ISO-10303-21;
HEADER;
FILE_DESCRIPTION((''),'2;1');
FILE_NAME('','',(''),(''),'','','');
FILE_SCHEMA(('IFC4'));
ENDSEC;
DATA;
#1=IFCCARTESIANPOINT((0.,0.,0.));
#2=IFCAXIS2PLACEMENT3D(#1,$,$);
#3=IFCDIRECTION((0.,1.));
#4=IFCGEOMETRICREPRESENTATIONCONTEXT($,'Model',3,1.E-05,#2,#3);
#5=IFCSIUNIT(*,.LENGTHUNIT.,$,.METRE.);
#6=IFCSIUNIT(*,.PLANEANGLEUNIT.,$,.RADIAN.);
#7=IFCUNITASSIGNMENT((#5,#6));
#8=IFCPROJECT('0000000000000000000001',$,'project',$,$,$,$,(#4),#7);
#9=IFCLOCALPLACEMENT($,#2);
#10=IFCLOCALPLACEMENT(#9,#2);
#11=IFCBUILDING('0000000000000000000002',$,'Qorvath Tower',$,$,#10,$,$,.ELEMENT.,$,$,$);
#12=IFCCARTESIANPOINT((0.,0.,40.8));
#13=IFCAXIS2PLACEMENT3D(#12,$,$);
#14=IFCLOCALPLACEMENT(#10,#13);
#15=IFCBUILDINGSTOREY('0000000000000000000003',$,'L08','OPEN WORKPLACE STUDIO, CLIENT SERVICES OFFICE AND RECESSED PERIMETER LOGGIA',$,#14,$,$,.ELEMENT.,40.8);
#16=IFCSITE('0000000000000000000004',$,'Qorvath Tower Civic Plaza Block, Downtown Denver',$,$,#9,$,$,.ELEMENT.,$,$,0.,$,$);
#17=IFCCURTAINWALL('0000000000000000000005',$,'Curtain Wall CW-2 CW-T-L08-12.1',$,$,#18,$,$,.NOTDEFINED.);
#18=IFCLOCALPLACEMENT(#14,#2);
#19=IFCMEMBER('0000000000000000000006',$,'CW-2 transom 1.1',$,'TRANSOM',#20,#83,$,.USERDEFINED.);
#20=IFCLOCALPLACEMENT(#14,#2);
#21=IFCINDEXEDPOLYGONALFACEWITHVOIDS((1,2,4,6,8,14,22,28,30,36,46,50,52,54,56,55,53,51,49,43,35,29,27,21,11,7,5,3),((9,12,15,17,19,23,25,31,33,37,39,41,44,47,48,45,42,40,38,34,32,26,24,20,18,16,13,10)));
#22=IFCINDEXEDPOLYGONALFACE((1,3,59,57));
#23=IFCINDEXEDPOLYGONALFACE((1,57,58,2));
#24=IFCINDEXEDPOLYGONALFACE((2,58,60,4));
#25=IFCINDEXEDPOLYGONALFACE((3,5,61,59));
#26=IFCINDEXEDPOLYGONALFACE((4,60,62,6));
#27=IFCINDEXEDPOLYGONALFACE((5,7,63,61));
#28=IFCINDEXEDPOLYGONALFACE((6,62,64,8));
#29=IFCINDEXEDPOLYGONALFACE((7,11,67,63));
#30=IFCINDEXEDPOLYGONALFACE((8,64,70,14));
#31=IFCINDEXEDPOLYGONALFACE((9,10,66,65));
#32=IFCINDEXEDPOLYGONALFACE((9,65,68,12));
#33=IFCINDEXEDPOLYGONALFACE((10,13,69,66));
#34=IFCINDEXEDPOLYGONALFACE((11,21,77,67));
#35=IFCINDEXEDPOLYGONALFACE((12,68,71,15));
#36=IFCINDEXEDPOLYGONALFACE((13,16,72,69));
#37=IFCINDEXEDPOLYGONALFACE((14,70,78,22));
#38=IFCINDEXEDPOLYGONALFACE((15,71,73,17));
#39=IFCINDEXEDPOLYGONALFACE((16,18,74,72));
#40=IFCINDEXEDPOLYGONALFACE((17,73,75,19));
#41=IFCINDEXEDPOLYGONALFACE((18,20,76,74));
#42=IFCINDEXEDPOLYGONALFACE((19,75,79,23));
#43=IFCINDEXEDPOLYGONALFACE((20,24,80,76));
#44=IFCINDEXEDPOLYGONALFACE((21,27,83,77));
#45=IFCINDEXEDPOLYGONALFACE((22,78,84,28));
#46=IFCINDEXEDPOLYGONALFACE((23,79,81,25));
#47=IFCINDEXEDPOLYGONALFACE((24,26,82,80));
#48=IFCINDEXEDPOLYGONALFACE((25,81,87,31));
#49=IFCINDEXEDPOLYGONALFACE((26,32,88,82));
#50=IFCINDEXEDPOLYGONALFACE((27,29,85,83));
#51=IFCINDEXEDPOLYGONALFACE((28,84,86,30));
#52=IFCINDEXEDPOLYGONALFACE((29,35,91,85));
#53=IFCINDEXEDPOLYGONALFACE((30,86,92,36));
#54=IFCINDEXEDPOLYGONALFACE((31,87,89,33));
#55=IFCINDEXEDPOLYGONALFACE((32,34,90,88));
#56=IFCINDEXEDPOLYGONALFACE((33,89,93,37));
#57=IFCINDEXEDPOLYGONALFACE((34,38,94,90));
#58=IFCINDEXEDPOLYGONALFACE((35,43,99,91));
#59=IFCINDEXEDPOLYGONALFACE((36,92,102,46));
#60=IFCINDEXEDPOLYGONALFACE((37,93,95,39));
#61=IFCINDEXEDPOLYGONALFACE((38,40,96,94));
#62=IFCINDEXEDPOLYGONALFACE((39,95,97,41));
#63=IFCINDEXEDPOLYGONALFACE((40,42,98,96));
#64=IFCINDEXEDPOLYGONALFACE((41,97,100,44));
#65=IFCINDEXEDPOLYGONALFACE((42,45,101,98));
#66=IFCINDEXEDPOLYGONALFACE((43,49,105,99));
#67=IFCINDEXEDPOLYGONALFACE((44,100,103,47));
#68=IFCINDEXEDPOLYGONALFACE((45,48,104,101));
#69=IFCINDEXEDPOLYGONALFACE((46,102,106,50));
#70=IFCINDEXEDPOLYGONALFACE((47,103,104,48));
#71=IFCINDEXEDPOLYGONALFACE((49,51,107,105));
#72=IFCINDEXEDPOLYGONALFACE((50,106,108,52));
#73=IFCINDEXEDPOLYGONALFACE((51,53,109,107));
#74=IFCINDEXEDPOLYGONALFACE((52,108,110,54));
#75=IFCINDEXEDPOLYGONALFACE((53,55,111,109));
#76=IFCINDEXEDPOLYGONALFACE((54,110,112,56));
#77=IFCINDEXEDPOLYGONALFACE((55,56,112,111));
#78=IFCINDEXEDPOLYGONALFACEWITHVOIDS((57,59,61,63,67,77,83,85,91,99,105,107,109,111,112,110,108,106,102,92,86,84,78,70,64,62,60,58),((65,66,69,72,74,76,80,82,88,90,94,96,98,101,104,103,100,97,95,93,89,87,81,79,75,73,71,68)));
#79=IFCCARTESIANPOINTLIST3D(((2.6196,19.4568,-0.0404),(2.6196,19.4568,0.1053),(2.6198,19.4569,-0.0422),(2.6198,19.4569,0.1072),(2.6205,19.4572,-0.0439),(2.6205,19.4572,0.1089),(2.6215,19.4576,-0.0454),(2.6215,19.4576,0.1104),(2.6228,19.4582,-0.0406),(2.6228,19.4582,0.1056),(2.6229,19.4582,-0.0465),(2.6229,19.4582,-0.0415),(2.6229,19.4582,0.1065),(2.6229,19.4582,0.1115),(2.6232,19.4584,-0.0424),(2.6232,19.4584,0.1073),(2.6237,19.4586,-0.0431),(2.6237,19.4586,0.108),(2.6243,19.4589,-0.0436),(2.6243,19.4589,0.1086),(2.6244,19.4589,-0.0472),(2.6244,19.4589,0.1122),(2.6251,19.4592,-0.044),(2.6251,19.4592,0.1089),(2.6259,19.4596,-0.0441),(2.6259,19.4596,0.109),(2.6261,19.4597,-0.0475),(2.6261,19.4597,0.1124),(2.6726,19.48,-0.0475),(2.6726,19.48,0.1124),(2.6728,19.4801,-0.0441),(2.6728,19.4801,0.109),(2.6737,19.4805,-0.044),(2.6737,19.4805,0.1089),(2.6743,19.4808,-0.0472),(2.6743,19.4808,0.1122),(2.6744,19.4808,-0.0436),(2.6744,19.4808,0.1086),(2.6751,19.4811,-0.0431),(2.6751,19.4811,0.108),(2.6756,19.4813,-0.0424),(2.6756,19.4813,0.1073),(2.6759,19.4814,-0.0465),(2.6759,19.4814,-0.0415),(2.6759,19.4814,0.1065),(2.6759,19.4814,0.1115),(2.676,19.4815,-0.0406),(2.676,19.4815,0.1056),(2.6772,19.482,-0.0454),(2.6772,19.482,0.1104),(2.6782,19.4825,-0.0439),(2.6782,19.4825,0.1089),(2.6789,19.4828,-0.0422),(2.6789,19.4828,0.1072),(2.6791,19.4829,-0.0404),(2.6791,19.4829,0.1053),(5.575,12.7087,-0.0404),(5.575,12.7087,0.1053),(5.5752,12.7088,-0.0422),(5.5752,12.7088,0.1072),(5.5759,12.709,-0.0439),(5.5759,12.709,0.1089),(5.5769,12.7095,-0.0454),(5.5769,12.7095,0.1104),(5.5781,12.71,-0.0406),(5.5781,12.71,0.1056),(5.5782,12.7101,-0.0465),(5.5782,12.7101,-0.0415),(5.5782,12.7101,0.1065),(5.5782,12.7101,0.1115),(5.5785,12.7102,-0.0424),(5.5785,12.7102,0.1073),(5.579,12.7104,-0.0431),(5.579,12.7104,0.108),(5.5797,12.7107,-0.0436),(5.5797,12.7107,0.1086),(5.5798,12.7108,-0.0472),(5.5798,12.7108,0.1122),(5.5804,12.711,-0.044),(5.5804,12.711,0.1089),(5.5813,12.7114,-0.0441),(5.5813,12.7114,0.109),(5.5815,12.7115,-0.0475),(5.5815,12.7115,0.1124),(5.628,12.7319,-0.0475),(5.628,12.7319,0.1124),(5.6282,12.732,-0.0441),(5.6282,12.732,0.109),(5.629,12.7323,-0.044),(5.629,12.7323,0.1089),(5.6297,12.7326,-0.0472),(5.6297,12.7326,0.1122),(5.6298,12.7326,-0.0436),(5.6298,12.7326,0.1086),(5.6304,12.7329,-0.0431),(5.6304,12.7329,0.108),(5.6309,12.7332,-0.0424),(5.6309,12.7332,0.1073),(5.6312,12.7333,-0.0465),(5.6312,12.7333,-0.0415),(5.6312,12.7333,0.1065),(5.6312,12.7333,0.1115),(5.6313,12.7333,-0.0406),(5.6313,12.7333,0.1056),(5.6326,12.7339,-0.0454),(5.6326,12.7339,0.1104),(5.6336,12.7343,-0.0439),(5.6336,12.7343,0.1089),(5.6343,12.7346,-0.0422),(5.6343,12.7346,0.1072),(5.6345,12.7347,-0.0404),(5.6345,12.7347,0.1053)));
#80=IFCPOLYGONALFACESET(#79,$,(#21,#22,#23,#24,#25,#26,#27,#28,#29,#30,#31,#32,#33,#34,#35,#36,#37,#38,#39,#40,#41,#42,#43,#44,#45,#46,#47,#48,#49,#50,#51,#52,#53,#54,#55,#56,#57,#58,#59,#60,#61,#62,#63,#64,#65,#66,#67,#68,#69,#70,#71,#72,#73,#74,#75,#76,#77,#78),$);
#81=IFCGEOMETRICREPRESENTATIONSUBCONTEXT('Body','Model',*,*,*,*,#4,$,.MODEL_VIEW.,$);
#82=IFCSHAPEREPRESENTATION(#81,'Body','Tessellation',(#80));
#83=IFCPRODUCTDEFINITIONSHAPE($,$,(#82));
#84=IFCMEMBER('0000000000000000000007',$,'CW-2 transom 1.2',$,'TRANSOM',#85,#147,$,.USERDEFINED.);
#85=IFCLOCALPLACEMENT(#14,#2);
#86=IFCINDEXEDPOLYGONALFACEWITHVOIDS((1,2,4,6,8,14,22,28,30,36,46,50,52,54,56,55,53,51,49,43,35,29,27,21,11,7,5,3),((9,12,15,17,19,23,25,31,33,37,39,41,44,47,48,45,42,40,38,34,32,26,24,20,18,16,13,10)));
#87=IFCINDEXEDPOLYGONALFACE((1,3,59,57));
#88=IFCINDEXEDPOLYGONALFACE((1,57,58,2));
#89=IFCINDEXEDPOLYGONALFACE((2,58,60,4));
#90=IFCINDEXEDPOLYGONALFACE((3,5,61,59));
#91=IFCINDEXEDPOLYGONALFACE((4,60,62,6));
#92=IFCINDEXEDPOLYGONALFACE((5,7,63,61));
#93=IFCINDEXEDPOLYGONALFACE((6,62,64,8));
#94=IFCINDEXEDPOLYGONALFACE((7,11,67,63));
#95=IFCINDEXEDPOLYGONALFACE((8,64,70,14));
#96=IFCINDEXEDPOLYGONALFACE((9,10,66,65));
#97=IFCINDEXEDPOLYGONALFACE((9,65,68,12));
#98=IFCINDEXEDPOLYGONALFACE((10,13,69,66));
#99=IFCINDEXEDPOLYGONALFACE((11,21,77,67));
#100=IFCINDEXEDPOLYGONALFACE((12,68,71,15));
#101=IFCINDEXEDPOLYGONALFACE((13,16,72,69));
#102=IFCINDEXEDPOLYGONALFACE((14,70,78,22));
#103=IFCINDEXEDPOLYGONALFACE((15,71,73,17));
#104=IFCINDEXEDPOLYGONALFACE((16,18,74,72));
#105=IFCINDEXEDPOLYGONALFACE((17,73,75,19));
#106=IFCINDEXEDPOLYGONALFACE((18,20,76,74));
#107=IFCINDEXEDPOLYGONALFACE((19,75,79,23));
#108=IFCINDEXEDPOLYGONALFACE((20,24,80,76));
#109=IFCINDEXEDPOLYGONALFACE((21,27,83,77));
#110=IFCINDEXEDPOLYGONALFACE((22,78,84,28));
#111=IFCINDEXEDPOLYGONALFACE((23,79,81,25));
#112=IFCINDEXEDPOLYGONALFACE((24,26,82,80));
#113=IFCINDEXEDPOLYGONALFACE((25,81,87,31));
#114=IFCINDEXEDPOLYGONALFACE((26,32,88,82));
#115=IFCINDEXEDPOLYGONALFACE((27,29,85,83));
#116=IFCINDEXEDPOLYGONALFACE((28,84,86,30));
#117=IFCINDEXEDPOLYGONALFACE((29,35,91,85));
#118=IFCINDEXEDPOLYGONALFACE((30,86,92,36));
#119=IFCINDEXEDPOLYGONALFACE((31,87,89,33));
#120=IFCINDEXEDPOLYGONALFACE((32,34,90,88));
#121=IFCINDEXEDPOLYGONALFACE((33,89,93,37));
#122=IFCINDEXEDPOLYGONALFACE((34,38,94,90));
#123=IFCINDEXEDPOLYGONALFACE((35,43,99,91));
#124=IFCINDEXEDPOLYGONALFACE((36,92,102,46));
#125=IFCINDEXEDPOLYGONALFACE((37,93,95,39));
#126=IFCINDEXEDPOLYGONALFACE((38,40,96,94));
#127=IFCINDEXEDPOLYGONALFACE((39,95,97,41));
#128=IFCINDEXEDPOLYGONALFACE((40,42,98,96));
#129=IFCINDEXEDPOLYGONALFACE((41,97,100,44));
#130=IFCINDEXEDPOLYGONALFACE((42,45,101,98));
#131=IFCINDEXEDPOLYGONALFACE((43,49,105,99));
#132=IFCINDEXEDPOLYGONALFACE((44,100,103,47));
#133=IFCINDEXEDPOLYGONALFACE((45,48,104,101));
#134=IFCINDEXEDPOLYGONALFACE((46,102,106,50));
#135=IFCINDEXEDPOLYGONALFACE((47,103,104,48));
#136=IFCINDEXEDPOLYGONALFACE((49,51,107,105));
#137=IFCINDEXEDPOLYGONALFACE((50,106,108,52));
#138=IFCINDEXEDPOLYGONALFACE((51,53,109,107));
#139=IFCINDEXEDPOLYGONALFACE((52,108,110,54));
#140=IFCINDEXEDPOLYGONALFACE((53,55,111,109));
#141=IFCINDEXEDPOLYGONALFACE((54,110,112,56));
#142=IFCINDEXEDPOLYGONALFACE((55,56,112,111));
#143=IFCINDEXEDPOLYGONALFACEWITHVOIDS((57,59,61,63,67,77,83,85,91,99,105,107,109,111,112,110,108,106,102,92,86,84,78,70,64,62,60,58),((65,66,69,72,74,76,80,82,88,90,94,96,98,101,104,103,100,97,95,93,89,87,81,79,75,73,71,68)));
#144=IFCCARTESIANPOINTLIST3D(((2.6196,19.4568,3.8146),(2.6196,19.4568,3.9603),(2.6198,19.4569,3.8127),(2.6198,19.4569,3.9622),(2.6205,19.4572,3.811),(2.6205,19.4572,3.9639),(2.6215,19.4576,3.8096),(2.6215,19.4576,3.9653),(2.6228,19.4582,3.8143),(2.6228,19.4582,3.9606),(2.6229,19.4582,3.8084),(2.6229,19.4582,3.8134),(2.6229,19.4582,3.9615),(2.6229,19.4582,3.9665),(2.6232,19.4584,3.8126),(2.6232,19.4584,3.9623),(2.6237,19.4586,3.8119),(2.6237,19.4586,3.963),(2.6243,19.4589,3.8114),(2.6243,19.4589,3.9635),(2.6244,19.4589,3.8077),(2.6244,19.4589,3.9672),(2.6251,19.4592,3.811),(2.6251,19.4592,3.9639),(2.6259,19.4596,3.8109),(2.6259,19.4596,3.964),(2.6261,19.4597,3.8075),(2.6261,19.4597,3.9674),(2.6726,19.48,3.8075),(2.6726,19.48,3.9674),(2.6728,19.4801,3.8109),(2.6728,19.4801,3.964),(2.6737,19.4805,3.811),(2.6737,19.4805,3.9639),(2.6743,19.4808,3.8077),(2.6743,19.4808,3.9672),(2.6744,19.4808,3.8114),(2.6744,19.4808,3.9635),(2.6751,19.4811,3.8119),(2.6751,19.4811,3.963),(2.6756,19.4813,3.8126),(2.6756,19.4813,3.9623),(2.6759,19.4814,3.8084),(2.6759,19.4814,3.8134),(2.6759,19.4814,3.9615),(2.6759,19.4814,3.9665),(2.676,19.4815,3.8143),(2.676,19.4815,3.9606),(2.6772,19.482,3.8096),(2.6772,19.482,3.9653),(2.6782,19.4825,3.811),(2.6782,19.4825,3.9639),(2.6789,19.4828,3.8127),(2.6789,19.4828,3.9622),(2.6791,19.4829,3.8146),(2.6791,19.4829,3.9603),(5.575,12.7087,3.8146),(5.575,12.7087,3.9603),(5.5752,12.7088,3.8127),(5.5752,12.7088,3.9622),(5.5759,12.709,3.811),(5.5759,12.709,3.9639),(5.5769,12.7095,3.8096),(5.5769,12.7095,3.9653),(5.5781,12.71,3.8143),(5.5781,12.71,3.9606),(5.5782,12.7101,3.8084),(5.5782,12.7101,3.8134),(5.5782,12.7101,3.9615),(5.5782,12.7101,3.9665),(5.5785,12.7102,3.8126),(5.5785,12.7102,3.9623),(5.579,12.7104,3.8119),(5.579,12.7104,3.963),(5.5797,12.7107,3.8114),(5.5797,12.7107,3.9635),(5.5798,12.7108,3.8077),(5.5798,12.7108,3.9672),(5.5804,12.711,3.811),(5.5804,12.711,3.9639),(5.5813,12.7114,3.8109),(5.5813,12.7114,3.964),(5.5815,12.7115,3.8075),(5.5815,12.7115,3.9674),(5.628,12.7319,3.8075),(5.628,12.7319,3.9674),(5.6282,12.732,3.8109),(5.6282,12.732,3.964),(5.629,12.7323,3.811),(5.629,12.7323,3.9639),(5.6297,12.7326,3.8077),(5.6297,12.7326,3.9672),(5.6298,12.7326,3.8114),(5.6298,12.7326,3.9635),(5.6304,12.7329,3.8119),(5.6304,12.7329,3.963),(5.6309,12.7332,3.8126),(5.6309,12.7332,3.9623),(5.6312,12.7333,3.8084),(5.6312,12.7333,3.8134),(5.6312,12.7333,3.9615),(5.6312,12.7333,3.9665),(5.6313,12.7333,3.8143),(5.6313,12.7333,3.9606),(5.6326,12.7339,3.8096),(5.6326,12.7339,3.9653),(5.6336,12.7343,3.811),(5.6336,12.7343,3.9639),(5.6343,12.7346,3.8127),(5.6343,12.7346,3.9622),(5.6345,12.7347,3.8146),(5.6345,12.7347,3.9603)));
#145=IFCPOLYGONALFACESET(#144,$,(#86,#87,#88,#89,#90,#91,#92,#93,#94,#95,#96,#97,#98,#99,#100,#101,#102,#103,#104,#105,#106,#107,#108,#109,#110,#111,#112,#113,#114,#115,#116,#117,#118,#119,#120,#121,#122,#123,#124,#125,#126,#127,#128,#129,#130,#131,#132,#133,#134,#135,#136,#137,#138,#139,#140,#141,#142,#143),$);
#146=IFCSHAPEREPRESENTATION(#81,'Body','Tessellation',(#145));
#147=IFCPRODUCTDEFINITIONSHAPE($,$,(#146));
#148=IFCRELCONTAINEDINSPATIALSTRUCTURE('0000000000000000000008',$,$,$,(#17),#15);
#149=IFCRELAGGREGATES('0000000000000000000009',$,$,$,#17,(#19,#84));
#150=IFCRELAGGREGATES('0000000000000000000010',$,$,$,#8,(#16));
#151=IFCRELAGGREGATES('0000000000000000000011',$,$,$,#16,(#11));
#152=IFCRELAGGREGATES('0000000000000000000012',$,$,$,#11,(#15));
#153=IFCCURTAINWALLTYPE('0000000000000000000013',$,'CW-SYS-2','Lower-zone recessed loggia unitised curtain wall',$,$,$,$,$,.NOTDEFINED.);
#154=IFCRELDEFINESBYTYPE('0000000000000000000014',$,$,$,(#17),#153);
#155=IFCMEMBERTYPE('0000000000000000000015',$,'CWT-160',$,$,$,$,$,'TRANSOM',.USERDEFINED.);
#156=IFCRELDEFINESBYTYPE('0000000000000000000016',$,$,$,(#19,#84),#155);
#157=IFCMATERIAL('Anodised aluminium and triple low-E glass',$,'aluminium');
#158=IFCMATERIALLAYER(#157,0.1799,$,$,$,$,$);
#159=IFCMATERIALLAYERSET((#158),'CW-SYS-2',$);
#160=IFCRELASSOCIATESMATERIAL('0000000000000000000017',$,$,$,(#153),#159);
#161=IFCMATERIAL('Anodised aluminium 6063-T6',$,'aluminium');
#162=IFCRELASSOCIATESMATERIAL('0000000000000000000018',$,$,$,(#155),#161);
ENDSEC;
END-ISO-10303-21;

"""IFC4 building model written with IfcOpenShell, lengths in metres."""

from ifc_helpers import new_model, si_unit, direction, frame, origin, origin_2d, place, context, subcontext, project, spatial, hollow_rectangle, extrude, material, layer, layer_set, material_profile, profile_set, type_object, element, aggregate, save


model = new_model("IFC4")

# Units and contexts
model_context = context("Model", 3, precision=1e-05, world=origin(), true_north=direction((0.0, 1.0)))
body_context = subcontext(model_context, "Body", "Model", "MODEL_VIEW")
ifc_project = project(units=[si_unit("LENGTHUNIT", "METRE"), si_unit("PLANEANGLEUNIT", "RADIAN")], contexts=[model_context])

# Site, building, storey
site_placement = place(None, origin())
site = spatial("IfcSite", under=ifc_project, at=site_placement, Name="Qorvath Tower Civic Plaza Block, Downtown Denver", CompositionType="ELEMENT", RefElevation=0.0)
building_placement = place(site_placement, origin())
building = spatial("IfcBuilding", under=site, at=building_placement, Name="Qorvath Tower", CompositionType="ELEMENT")
storey_placement = place(building_placement, frame((0.0, 0.0, 40.8)))
storey = spatial("IfcBuildingStorey", under=building, at=storey_placement, Name="L08", Description="OPEN WORKPLACE STUDIO, CLIENT SERVICES OFFICE AND RECESSED PERIMETER LOGGIA", CompositionType="ELEMENT", Elevation=40.8)

# Shared definitions
ifc_material_1 = material(Name="Anodised aluminium and triple low-E glass", Category="aluminium")
ifc_layer_1 = layer(ifc_material_1, 0.1799)
ifc_layer_set_1 = layer_set([ifc_layer_1], Name="CW-SYS-2")
curtain_wall_type = type_object("IfcCurtainWallType", Name="CW-SYS-2", Description="Lower-zone recessed loggia unitised curtain wall", PredefinedType="NOTDEFINED", material=ifc_layer_set_1)

# Curtain wall
curtain_wall_1_placement = place(storey_placement, origin())
curtain_wall_1 = element("IfcCurtainWall", 1, at=curtain_wall_1_placement, inside=storey, type_object=curtain_wall_type, Name="Curtain Wall CW-2 CW-T-L08-12.1", PredefinedType="NOTDEFINED")

# Members
ifc_material_2 = material(Name="Anodised aluminium 6063-T6", Category="aluminium")
ifc_material_profile_1 = material_profile(ifc_material_2, hollow_rectangle(XDim=0.0649, YDim=0.1599, WallThickness=0.0034, InnerFilletRadius=0.0034, OuterFilletRadius=0.0071, at=origin_2d()), Name="CWT 160x65")
ifc_profile_set_1 = profile_set([ifc_material_profile_1], Name="Anodised aluminium 6063-T6")
member_type_1 = type_object("IfcMemberType", Name="CWT-160", ElementType="TRANSOM", PredefinedType="USERDEFINED", material=ifc_profile_set_1)
member_1_placement = place(storey_placement, frame((5.6047, 12.7217, 0.0325), z_axis=(-0.401167, 0.916005, 0.0), x_axis=(-0.916005, -0.401167, 0.0)))
member_1 = element("IfcMember", 2, at=member_1_placement, type_object=member_type_1, Name="CW-2 transom 1.1", ObjectType="TRANSOM", PredefinedType="USERDEFINED", context=body_context, shape_type="SweptSolid", body=[
    extrude(hollow_rectangle(XDim=0.0649, YDim=0.1599, WallThickness=0.0034, InnerFilletRadius=0.0034, OuterFilletRadius=0.0071, at=origin_2d()), origin(), (0.0, 0.0, 1.0), 7.3669),
])
member_2_placement = place(storey_placement, frame((5.6047, 12.7217, 3.8875), z_axis=(-0.401167, 0.916005, 0.0), x_axis=(-0.916005, -0.401167, 0.0)))
member_2 = element("IfcMember", 3, at=member_2_placement, type_object=member_type_1, Name="CW-2 transom 1.2", ObjectType="TRANSOM", PredefinedType="USERDEFINED", context=body_context, shape_type="SweptSolid", body=[
    extrude(hollow_rectangle(XDim=0.0649, YDim=0.1599, WallThickness=0.0034, InnerFilletRadius=0.0034, OuterFilletRadius=0.0071, at=origin_2d()), origin(), (0.0, 0.0, 1.0), 7.3669),
])

aggregate(curtain_wall_1, [member_1, member_2])

save(model, "model.ifc")
